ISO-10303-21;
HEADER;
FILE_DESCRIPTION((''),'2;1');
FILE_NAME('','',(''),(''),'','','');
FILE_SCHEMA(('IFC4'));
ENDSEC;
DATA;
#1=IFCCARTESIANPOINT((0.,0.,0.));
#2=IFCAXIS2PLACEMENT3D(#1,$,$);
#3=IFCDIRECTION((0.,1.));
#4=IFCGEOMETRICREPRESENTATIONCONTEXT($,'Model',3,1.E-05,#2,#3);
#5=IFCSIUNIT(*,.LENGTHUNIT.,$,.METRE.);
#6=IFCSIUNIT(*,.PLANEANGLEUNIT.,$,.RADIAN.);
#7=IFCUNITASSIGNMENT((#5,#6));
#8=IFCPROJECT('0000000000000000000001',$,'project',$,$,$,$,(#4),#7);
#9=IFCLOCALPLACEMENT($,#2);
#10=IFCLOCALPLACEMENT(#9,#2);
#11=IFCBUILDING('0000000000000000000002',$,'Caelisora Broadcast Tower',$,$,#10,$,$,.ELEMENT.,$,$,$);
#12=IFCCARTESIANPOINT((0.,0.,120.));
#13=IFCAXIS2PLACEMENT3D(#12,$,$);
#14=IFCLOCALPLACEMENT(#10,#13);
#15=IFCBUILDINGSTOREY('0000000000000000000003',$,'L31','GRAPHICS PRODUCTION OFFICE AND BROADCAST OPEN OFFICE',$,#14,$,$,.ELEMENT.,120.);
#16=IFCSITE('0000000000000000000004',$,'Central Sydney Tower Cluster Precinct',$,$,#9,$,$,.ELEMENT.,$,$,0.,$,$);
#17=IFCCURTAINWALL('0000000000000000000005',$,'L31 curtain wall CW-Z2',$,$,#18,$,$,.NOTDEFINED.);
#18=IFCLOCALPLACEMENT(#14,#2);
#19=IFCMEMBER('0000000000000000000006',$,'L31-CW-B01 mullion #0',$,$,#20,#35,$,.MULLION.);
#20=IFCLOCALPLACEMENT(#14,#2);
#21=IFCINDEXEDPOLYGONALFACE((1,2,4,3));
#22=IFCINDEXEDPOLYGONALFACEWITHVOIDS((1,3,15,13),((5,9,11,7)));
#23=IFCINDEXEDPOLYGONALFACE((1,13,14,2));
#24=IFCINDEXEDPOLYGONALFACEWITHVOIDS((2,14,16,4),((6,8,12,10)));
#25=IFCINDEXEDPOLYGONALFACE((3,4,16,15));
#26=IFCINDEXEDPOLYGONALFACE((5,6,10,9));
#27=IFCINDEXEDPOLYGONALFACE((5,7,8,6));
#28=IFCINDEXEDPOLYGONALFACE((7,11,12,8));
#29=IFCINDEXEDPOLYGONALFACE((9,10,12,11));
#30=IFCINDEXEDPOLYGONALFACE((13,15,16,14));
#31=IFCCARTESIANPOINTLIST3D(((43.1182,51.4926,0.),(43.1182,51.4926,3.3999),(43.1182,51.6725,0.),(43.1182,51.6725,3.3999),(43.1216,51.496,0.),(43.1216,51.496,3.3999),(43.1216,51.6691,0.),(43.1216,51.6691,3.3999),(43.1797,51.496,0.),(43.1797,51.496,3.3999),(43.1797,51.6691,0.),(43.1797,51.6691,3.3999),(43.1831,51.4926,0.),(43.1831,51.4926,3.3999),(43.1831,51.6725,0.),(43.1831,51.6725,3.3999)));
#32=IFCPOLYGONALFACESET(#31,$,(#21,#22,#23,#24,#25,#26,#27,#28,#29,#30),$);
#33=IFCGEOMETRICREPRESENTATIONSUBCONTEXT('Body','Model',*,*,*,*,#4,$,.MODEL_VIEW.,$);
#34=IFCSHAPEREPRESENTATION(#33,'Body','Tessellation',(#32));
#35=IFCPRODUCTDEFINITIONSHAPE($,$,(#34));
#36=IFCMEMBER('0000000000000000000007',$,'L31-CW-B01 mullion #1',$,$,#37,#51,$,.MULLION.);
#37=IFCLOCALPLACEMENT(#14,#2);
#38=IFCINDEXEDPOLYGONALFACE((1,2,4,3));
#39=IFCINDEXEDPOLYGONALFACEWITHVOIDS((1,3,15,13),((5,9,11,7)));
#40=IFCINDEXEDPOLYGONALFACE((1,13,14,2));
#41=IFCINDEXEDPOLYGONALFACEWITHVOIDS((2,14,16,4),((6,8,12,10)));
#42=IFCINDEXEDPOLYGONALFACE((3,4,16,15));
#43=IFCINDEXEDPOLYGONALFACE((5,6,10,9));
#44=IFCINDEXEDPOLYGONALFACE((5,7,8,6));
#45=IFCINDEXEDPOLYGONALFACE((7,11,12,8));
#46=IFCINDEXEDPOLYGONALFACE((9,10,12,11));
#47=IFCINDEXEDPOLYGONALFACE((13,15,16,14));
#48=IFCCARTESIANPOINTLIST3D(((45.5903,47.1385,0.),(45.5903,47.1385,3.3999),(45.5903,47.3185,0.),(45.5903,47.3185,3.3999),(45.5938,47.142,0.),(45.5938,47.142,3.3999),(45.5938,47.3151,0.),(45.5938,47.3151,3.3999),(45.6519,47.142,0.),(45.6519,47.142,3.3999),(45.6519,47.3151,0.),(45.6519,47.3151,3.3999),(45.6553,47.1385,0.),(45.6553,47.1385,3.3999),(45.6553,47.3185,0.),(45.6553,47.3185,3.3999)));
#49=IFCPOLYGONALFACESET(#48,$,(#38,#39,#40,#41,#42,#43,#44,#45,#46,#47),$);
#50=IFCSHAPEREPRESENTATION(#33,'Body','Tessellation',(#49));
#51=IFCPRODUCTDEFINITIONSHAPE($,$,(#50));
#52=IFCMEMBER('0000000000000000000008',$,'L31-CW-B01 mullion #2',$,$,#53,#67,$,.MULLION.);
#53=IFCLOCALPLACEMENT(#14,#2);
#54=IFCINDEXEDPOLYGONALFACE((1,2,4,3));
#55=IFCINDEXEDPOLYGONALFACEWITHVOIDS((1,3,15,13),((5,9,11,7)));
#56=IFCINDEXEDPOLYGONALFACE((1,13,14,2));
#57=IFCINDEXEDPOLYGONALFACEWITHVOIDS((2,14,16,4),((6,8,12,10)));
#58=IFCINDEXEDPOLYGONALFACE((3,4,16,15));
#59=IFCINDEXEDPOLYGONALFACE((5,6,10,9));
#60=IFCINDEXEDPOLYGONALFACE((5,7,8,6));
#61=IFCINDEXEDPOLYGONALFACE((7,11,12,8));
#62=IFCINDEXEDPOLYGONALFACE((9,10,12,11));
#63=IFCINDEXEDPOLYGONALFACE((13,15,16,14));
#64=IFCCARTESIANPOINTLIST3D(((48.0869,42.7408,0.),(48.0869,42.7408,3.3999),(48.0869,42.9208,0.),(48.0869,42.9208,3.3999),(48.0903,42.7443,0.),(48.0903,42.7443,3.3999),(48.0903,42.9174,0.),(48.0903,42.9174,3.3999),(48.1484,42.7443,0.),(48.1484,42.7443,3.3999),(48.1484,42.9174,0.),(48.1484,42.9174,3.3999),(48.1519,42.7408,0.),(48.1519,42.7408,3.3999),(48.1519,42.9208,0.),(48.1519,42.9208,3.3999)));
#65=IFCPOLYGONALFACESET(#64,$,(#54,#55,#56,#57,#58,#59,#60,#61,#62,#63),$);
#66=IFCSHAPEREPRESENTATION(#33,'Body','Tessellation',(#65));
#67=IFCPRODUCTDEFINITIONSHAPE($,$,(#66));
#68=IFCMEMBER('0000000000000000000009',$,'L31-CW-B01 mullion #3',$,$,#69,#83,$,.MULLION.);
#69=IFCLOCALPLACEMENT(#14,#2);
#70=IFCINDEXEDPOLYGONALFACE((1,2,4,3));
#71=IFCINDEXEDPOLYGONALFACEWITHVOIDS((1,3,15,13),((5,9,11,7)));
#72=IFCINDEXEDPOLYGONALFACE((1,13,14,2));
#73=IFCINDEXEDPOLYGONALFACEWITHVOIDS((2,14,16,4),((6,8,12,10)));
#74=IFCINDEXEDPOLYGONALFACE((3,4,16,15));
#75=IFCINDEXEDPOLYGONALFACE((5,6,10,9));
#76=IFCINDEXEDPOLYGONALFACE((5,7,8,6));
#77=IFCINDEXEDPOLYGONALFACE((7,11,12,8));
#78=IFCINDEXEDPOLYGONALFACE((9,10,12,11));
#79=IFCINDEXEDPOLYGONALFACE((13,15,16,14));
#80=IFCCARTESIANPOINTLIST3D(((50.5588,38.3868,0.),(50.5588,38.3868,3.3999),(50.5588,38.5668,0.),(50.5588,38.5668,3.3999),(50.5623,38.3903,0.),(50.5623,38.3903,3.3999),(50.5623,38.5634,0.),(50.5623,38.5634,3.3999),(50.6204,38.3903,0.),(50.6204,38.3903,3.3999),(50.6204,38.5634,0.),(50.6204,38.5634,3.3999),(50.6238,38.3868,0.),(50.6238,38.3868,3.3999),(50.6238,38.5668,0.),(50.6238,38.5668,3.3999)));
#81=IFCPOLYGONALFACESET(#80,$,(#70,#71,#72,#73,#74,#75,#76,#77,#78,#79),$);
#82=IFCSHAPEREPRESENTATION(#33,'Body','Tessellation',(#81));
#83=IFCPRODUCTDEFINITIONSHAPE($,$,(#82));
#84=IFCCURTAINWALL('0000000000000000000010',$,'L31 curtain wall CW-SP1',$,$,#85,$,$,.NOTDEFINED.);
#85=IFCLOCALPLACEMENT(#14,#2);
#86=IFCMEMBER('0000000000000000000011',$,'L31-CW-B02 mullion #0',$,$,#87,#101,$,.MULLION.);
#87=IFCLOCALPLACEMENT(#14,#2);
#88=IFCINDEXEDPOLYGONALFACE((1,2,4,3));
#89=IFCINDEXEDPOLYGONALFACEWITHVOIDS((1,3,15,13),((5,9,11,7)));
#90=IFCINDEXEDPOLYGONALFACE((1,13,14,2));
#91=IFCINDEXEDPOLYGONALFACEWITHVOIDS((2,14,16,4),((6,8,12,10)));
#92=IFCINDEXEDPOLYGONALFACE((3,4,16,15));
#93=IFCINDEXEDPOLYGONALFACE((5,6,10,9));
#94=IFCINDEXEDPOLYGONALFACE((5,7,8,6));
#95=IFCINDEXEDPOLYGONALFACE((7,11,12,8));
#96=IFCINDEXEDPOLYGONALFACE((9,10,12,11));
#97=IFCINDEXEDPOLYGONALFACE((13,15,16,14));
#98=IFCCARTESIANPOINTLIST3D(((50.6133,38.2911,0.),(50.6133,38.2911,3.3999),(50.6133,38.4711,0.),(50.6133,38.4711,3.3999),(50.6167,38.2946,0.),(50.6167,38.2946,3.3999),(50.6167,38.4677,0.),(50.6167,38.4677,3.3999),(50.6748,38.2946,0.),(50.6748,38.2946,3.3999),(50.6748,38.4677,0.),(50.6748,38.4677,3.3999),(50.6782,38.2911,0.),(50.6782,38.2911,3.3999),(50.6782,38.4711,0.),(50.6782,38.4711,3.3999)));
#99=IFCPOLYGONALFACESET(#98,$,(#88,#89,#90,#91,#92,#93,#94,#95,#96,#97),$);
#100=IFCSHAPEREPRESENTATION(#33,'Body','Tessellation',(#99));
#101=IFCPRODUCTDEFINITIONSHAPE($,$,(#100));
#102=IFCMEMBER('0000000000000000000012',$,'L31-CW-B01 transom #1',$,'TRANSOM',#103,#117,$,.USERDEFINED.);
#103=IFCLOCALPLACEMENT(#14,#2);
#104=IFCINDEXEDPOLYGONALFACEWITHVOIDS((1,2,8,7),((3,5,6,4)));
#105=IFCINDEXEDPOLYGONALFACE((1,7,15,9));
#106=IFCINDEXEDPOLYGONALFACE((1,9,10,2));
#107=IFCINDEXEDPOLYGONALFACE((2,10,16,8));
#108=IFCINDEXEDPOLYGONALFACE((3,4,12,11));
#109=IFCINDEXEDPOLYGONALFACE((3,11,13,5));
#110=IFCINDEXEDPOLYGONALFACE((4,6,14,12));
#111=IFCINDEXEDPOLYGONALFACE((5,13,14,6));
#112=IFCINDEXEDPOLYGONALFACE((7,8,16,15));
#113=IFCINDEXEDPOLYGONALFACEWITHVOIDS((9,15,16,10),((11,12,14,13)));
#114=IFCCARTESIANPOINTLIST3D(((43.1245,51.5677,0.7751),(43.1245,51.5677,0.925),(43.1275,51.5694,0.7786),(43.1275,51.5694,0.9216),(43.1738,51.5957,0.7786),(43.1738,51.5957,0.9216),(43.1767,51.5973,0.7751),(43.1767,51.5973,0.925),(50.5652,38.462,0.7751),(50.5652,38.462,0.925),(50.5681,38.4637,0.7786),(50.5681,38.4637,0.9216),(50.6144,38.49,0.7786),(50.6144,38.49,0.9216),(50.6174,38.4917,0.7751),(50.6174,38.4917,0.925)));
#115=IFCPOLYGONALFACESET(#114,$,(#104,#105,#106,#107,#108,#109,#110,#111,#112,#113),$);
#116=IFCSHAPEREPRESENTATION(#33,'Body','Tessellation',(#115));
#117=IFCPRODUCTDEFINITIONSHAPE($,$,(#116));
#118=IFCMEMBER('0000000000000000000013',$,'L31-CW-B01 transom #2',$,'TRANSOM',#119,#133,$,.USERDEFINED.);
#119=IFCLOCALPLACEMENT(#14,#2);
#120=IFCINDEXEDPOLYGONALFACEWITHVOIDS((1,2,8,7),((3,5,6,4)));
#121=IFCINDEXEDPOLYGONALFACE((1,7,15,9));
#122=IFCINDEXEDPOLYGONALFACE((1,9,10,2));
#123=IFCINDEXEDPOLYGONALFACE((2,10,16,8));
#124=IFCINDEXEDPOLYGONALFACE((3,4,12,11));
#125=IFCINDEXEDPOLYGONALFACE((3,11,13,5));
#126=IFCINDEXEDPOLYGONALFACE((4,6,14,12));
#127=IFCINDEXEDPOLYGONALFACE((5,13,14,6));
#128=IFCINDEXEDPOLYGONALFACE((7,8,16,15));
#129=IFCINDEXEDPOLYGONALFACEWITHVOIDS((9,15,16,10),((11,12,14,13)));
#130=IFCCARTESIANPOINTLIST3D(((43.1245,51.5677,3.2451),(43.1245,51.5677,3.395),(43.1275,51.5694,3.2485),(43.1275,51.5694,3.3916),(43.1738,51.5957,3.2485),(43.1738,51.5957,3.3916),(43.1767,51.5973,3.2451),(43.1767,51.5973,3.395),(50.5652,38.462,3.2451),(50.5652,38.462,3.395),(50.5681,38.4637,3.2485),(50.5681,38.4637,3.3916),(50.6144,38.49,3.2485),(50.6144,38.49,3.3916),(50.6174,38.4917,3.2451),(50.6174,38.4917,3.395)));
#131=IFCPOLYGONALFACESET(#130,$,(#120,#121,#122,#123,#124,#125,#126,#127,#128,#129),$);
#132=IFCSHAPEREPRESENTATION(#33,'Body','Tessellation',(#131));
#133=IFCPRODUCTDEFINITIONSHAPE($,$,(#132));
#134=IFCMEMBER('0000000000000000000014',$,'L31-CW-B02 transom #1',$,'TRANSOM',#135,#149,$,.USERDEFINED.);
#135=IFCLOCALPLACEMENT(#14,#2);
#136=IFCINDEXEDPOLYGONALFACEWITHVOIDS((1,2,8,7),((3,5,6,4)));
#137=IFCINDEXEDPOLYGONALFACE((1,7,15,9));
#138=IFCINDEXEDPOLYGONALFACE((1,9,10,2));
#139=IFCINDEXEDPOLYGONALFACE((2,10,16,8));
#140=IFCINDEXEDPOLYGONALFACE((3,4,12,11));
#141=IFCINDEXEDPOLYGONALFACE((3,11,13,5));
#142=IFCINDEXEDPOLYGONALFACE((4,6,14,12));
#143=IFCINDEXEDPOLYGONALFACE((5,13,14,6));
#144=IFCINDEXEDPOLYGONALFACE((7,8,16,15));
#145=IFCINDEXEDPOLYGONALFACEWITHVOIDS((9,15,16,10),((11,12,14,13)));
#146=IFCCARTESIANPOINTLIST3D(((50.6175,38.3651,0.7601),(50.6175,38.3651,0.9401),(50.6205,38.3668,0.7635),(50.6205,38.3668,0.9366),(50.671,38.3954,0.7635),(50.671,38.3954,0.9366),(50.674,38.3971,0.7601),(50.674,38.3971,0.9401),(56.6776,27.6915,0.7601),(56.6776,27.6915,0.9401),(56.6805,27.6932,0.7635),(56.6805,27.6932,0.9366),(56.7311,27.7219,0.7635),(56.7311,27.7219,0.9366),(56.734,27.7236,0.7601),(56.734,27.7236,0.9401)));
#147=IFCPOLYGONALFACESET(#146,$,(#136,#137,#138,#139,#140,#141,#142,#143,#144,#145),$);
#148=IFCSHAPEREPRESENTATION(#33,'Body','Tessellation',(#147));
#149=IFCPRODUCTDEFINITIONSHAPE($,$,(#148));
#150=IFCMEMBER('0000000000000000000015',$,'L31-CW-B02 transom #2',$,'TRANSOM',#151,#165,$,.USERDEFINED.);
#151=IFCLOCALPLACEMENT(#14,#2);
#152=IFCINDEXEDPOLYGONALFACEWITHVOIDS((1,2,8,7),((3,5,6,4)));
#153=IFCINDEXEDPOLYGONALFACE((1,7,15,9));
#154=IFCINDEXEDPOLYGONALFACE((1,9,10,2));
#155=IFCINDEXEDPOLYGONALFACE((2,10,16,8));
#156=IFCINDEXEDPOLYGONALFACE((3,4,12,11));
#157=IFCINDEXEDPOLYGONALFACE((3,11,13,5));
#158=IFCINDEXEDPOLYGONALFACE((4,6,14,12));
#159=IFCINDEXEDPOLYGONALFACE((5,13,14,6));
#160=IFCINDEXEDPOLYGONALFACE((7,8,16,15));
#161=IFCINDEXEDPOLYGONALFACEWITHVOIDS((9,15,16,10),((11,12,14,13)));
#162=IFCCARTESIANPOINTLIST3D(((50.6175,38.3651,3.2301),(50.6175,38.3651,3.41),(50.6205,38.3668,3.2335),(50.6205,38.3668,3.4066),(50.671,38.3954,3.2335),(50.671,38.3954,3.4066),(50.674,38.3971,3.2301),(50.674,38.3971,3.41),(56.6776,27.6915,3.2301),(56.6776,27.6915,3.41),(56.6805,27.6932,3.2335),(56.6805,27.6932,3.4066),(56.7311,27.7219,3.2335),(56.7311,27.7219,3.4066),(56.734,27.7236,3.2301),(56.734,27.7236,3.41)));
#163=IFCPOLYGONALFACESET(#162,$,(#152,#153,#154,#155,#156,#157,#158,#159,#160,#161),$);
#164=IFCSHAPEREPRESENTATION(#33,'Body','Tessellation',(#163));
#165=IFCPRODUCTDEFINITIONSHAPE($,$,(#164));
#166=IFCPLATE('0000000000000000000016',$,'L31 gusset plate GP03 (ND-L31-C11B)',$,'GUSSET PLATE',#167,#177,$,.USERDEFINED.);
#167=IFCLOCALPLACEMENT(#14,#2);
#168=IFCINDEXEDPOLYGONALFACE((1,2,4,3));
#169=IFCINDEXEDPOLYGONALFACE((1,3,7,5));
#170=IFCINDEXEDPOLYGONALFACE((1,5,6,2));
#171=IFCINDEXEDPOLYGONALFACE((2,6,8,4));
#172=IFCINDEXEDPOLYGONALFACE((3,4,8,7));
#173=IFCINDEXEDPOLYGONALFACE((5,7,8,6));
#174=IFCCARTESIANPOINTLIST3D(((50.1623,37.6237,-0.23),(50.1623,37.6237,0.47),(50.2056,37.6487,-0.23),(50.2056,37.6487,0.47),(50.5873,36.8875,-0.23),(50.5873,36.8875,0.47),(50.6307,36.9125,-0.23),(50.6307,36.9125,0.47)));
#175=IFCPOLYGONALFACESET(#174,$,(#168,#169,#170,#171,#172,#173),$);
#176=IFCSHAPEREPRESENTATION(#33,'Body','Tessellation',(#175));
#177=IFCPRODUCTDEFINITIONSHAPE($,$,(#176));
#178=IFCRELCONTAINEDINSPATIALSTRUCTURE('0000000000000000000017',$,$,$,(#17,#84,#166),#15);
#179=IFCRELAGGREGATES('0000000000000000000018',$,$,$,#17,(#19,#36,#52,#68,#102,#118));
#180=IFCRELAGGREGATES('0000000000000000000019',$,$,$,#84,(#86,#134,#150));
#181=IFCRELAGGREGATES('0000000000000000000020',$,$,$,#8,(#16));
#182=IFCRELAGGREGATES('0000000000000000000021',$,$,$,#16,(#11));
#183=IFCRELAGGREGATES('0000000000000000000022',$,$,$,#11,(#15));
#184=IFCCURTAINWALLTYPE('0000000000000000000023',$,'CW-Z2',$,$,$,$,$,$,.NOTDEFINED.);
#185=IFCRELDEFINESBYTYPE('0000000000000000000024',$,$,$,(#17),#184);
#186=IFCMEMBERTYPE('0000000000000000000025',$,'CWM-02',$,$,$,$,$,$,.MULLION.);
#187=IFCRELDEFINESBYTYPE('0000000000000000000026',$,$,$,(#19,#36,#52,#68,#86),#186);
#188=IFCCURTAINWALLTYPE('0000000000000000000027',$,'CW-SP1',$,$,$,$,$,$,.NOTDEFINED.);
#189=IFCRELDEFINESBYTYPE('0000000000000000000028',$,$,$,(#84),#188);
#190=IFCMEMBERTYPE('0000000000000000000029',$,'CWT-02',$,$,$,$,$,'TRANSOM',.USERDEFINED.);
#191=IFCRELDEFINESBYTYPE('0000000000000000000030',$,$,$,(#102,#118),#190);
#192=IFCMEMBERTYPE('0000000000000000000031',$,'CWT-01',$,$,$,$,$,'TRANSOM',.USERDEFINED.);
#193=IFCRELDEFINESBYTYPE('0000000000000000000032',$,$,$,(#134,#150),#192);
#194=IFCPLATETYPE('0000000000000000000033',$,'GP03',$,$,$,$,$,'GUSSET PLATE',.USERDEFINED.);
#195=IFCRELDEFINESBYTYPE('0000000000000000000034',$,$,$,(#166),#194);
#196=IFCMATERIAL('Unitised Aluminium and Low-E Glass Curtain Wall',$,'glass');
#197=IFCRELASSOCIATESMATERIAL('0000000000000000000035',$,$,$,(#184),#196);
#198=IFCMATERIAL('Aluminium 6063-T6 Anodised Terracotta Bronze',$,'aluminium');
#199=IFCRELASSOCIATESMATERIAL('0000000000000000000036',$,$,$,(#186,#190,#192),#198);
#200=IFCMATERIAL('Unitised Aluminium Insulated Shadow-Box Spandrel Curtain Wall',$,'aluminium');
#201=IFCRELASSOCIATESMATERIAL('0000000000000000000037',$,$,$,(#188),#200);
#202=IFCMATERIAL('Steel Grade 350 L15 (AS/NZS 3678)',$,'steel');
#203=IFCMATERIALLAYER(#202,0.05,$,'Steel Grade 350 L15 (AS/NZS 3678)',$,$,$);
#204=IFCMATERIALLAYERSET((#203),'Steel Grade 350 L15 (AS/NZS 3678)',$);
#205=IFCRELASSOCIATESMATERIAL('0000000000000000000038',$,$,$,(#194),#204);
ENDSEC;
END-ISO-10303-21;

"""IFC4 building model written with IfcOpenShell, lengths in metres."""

from ifc_helpers import new_model, si_unit, direction, frame, origin, origin_2d, place, context, subcontext, project, spatial, rectangle, hollow_rectangle, extrude, source, transform, mapped, material, layer, layer_set, material_profile, profile_set, type_object, type_shapes, element, aggregate, save


model = new_model("IFC4")

# Units and contexts
model_context = context("Model", 3, precision=1e-05, world=origin(), true_north=direction((0.0, 1.0)))
body_context = subcontext(model_context, "Body", "Model", "MODEL_VIEW")
ifc_project = project(units=[si_unit("LENGTHUNIT", "METRE"), si_unit("PLANEANGLEUNIT", "RADIAN")], contexts=[model_context])

# Site, building, storey
site_placement = place(None, origin())
site = spatial("IfcSite", under=ifc_project, at=site_placement, Name="Central Sydney Tower Cluster Precinct", CompositionType="ELEMENT", RefElevation=0.0)
building_placement = place(site_placement, origin())
building = spatial("IfcBuilding", under=site, at=building_placement, Name="Caelisora Broadcast Tower", CompositionType="ELEMENT")
storey_placement = place(building_placement, frame((0.0, 0.0, 120.0)))
storey = spatial("IfcBuildingStorey", under=building, at=storey_placement, Name="L31", Description="GRAPHICS PRODUCTION OFFICE AND BROADCAST OPEN OFFICE", CompositionType="ELEMENT", Elevation=120.0)

# Shared definitions
ifc_material_1 = material(Name="Steel Grade 350 L15 (AS/NZS 3678)", Category="steel")

# Curtain wall, members
ifc_material_2 = material(Name="Unitised Aluminium and Low-E Glass Curtain Wall", Category="glass")
curtain_wall_type_1 = type_object("IfcCurtainWallType", Name="CW-Z2", PredefinedType="NOTDEFINED", material=ifc_material_2)
curtain_wall_1_placement = place(storey_placement, origin())
curtain_wall_1 = element("IfcCurtainWall", 1, at=curtain_wall_1_placement, inside=storey, type_object=curtain_wall_type_1, Name="L31 curtain wall CW-Z2", PredefinedType="NOTDEFINED")
ifc_material_3 = material(Name="Aluminium 6063-T6 Anodised Terracotta Bronze", Category="aluminium")
ifc_material_profile_1 = material_profile(ifc_material_3, hollow_rectangle(XDim=0.0649, YDim=0.1799, WallThickness=0.0034, at=origin_2d()), Name="Aluminium 6063-T6 Anodised Terracotta Bronze")
ifc_profile_set_1 = profile_set([ifc_material_profile_1], Name="Aluminium 6063-T6 Anodised Terracotta Bronze")
member_type_1 = type_object("IfcMemberType", Name="CWM-02", PredefinedType="MULLION", material=ifc_profile_set_1)
shared_shape_1 = source(origin(), body_context, "Body", "SweptSolid", [
    extrude(hollow_rectangle(XDim=0.0649, YDim=0.1799, WallThickness=0.0034, at=origin_2d()), origin(), (0.0, 0.0, 1.0), 3.3999),
])
type_shapes(member_type_1, [shared_shape_1])
member_1_placement = place(storey_placement, frame((43.1506, 51.5825, 0.0), z_axis=(0.0, 0.0, 1.0), x_axis=(1.0, 0.0, 0.0)))
member_1 = element("IfcMember", 2, at=member_1_placement, type_object=member_type_1, Name="L31-CW-B01 mullion #0", PredefinedType="MULLION", context=body_context, shape_type="MappedRepresentation", body=[
    mapped(shared_shape_1, transform((0.0, 0.0, 0.0), scale=1.0)),
])
member_2_placement = place(storey_placement, frame((45.6228, 47.2285, 0.0), z_axis=(0.0, 0.0, 1.0), x_axis=(1.0, 0.0, 0.0)))
member_2 = element("IfcMember", 3, at=member_2_placement, type_object=member_type_1, Name="L31-CW-B01 mullion #1", PredefinedType="MULLION", context=body_context, shape_type="MappedRepresentation", body=[
    mapped(shared_shape_1, transform((0.0, 0.0, 0.0), scale=1.0)),
])
member_3_placement = place(storey_placement, frame((48.1194, 42.8308, 0.0), z_axis=(0.0, 0.0, 1.0), x_axis=(1.0, 0.0, 0.0)))
member_3 = element("IfcMember", 4, at=member_3_placement, type_object=member_type_1, Name="L31-CW-B01 mullion #2", PredefinedType="MULLION", context=body_context, shape_type="MappedRepresentation", body=[
    mapped(shared_shape_1, transform((0.0, 0.0, 0.0), scale=1.0)),
])
member_4_placement = place(storey_placement, frame((50.5913, 38.4768, 0.0), z_axis=(0.0, 0.0, 1.0), x_axis=(1.0, 0.0, 0.0)))
member_4 = element("IfcMember", 5, at=member_4_placement, type_object=member_type_1, Name="L31-CW-B01 mullion #3", PredefinedType="MULLION", context=body_context, shape_type="MappedRepresentation", body=[
    mapped(shared_shape_1, transform((0.0, 0.0, 0.0), scale=1.0)),
])

# Curtain wall, member
ifc_material_4 = material(Name="Unitised Aluminium Insulated Shadow-Box Spandrel Curtain Wall", Category="aluminium")
curtain_wall_type_2 = type_object("IfcCurtainWallType", Name="CW-SP1", PredefinedType="NOTDEFINED", material=ifc_material_4)
curtain_wall_2_placement = place(storey_placement, origin())
curtain_wall_2 = element("IfcCurtainWall", 6, at=curtain_wall_2_placement, inside=storey, type_object=curtain_wall_type_2, Name="L31 curtain wall CW-SP1", PredefinedType="NOTDEFINED")
member_5_placement = place(storey_placement, frame((50.6458, 38.3811, 0.0), z_axis=(0.0, 0.0, 1.0), x_axis=(1.0, 0.0, 0.0)))
member_5 = element("IfcMember", 7, at=member_5_placement, type_object=member_type_1, Name="L31-CW-B02 mullion #0", PredefinedType="MULLION", context=body_context, shape_type="MappedRepresentation", body=[
    mapped(shared_shape_1, transform((0.0, 0.0, 0.0), scale=1.0)),
])

# Members
ifc_material_profile_2 = material_profile(ifc_material_3, hollow_rectangle(XDim=0.0601, YDim=0.1499, WallThickness=0.0034, at=origin_2d()), Name="Aluminium 6063-T6 Anodised Terracotta Bronze")
ifc_profile_set_2 = profile_set([ifc_material_profile_2], Name="Aluminium 6063-T6 Anodised Terracotta Bronze")
member_type_2 = type_object("IfcMemberType", Name="CWT-02", ElementType="TRANSOM", PredefinedType="USERDEFINED", material=ifc_profile_set_2)
shared_shape_2 = source(origin(), body_context, "Body", "SweptSolid", [
    extrude(hollow_rectangle(XDim=0.0601, YDim=0.1499, WallThickness=0.0034, at=origin_2d()), origin(), (0.0, 0.0, 1.0), 15.0706),
])
type_shapes(member_type_2, [shared_shape_2])
member_6_placement = place(storey_placement, frame((43.1506, 51.5825, 0.8501), z_axis=(0.493721, -0.86962, 0.0), x_axis=(0.86962, 0.493721, 0.0)))
member_6 = element("IfcMember", 8, at=member_6_placement, type_object=member_type_2, Name="L31-CW-B01 transom #1", ObjectType="TRANSOM", PredefinedType="USERDEFINED", context=body_context, shape_type="MappedRepresentation", body=[
    mapped(shared_shape_2, transform((0.0, 0.0, 0.0), scale=1.0)),
])
member_7_placement = place(storey_placement, frame((43.1506, 51.5825, 3.3201), z_axis=(0.493721, -0.86962, 0.0), x_axis=(0.86962, 0.493721, 0.0)))
member_7 = element("IfcMember", 9, at=member_7_placement, type_object=member_type_2, Name="L31-CW-B01 transom #2", ObjectType="TRANSOM", PredefinedType="USERDEFINED", context=body_context, shape_type="MappedRepresentation", body=[
    mapped(shared_shape_2, transform((0.0, 0.0, 0.0), scale=1.0)),
])
ifc_material_profile_3 = material_profile(ifc_material_3, hollow_rectangle(XDim=0.0649, YDim=0.1799, WallThickness=0.0034, at=origin_2d()), Name="Aluminium 6063-T6 Anodised Terracotta Bronze")
ifc_profile_set_3 = profile_set([ifc_material_profile_3], Name="Aluminium 6063-T6 Anodised Terracotta Bronze")
member_type_3 = type_object("IfcMemberType", Name="CWT-01", ElementType="TRANSOM", PredefinedType="USERDEFINED", material=ifc_profile_set_3)
shared_shape_3 = source(origin(), body_context, "Body", "SweptSolid", [
    extrude(hollow_rectangle(XDim=0.0649, YDim=0.1799, WallThickness=0.0034, at=origin_2d()), origin(), (0.0, 0.0, 1.0), 12.2739),
])
type_shapes(member_type_3, [shared_shape_3])
member_8_placement = place(storey_placement, frame((50.6458, 38.3811, 0.8501), z_axis=(0.493734, -0.869613, 0.0), x_axis=(0.869613, 0.493734, 0.0)))
member_8 = element("IfcMember", 10, at=member_8_placement, type_object=member_type_3, Name="L31-CW-B02 transom #1", ObjectType="TRANSOM", PredefinedType="USERDEFINED", context=body_context, shape_type="MappedRepresentation", body=[
    mapped(shared_shape_3, transform((0.0, 0.0, 0.0), scale=1.0)),
])
member_9_placement = place(storey_placement, frame((50.6458, 38.3811, 3.3201), z_axis=(0.493734, -0.869613, 0.0), x_axis=(0.869613, 0.493734, 0.0)))
member_9 = element("IfcMember", 11, at=member_9_placement, type_object=member_type_3, Name="L31-CW-B02 transom #2", ObjectType="TRANSOM", PredefinedType="USERDEFINED", context=body_context, shape_type="MappedRepresentation", body=[
    mapped(shared_shape_3, transform((0.0, 0.0, 0.0), scale=1.0)),
])

# Plate
ifc_layer_1 = layer(ifc_material_1, 0.05, Name="Steel Grade 350 L15 (AS/NZS 3678)")
ifc_layer_set_1 = layer_set([ifc_layer_1], Name="Steel Grade 350 L15 (AS/NZS 3678)")
plate_type_1 = type_object("IfcPlateType", Name="GP03", ElementType="GUSSET PLATE", PredefinedType="USERDEFINED", material=ifc_layer_set_1)
shared_shape_4 = source(origin(), body_context, "Body", "SweptSolid", [
    extrude(rectangle(XDim=0.8501, YDim=0.05, at=origin_2d()), origin(), (0.0, 0.0, 1.0), 0.7),
])
type_shapes(plate_type_1, [shared_shape_4])
plate_1_placement = place(storey_placement, frame((50.3965, 37.2681, -0.23), z_axis=(0.0, 0.0, 1.0), x_axis=(-0.5, 0.866025, 0.0)))
element("IfcPlate", 12, at=plate_1_placement, inside=storey, type_object=plate_type_1, Name="L31 gusset plate GP03 (ND-L31-C11B)", ObjectType="GUSSET PLATE", PredefinedType="USERDEFINED", context=body_context, shape_type="MappedRepresentation", body=[
    mapped(shared_shape_4, transform((0.0, 0.0, 0.0), scale=1.0)),
])
aggregate(curtain_wall_1, [member_1, member_2, member_3, member_4, member_6, member_7])
aggregate(curtain_wall_2, [member_5, member_8, member_9])

save(model, "model.ifc")
